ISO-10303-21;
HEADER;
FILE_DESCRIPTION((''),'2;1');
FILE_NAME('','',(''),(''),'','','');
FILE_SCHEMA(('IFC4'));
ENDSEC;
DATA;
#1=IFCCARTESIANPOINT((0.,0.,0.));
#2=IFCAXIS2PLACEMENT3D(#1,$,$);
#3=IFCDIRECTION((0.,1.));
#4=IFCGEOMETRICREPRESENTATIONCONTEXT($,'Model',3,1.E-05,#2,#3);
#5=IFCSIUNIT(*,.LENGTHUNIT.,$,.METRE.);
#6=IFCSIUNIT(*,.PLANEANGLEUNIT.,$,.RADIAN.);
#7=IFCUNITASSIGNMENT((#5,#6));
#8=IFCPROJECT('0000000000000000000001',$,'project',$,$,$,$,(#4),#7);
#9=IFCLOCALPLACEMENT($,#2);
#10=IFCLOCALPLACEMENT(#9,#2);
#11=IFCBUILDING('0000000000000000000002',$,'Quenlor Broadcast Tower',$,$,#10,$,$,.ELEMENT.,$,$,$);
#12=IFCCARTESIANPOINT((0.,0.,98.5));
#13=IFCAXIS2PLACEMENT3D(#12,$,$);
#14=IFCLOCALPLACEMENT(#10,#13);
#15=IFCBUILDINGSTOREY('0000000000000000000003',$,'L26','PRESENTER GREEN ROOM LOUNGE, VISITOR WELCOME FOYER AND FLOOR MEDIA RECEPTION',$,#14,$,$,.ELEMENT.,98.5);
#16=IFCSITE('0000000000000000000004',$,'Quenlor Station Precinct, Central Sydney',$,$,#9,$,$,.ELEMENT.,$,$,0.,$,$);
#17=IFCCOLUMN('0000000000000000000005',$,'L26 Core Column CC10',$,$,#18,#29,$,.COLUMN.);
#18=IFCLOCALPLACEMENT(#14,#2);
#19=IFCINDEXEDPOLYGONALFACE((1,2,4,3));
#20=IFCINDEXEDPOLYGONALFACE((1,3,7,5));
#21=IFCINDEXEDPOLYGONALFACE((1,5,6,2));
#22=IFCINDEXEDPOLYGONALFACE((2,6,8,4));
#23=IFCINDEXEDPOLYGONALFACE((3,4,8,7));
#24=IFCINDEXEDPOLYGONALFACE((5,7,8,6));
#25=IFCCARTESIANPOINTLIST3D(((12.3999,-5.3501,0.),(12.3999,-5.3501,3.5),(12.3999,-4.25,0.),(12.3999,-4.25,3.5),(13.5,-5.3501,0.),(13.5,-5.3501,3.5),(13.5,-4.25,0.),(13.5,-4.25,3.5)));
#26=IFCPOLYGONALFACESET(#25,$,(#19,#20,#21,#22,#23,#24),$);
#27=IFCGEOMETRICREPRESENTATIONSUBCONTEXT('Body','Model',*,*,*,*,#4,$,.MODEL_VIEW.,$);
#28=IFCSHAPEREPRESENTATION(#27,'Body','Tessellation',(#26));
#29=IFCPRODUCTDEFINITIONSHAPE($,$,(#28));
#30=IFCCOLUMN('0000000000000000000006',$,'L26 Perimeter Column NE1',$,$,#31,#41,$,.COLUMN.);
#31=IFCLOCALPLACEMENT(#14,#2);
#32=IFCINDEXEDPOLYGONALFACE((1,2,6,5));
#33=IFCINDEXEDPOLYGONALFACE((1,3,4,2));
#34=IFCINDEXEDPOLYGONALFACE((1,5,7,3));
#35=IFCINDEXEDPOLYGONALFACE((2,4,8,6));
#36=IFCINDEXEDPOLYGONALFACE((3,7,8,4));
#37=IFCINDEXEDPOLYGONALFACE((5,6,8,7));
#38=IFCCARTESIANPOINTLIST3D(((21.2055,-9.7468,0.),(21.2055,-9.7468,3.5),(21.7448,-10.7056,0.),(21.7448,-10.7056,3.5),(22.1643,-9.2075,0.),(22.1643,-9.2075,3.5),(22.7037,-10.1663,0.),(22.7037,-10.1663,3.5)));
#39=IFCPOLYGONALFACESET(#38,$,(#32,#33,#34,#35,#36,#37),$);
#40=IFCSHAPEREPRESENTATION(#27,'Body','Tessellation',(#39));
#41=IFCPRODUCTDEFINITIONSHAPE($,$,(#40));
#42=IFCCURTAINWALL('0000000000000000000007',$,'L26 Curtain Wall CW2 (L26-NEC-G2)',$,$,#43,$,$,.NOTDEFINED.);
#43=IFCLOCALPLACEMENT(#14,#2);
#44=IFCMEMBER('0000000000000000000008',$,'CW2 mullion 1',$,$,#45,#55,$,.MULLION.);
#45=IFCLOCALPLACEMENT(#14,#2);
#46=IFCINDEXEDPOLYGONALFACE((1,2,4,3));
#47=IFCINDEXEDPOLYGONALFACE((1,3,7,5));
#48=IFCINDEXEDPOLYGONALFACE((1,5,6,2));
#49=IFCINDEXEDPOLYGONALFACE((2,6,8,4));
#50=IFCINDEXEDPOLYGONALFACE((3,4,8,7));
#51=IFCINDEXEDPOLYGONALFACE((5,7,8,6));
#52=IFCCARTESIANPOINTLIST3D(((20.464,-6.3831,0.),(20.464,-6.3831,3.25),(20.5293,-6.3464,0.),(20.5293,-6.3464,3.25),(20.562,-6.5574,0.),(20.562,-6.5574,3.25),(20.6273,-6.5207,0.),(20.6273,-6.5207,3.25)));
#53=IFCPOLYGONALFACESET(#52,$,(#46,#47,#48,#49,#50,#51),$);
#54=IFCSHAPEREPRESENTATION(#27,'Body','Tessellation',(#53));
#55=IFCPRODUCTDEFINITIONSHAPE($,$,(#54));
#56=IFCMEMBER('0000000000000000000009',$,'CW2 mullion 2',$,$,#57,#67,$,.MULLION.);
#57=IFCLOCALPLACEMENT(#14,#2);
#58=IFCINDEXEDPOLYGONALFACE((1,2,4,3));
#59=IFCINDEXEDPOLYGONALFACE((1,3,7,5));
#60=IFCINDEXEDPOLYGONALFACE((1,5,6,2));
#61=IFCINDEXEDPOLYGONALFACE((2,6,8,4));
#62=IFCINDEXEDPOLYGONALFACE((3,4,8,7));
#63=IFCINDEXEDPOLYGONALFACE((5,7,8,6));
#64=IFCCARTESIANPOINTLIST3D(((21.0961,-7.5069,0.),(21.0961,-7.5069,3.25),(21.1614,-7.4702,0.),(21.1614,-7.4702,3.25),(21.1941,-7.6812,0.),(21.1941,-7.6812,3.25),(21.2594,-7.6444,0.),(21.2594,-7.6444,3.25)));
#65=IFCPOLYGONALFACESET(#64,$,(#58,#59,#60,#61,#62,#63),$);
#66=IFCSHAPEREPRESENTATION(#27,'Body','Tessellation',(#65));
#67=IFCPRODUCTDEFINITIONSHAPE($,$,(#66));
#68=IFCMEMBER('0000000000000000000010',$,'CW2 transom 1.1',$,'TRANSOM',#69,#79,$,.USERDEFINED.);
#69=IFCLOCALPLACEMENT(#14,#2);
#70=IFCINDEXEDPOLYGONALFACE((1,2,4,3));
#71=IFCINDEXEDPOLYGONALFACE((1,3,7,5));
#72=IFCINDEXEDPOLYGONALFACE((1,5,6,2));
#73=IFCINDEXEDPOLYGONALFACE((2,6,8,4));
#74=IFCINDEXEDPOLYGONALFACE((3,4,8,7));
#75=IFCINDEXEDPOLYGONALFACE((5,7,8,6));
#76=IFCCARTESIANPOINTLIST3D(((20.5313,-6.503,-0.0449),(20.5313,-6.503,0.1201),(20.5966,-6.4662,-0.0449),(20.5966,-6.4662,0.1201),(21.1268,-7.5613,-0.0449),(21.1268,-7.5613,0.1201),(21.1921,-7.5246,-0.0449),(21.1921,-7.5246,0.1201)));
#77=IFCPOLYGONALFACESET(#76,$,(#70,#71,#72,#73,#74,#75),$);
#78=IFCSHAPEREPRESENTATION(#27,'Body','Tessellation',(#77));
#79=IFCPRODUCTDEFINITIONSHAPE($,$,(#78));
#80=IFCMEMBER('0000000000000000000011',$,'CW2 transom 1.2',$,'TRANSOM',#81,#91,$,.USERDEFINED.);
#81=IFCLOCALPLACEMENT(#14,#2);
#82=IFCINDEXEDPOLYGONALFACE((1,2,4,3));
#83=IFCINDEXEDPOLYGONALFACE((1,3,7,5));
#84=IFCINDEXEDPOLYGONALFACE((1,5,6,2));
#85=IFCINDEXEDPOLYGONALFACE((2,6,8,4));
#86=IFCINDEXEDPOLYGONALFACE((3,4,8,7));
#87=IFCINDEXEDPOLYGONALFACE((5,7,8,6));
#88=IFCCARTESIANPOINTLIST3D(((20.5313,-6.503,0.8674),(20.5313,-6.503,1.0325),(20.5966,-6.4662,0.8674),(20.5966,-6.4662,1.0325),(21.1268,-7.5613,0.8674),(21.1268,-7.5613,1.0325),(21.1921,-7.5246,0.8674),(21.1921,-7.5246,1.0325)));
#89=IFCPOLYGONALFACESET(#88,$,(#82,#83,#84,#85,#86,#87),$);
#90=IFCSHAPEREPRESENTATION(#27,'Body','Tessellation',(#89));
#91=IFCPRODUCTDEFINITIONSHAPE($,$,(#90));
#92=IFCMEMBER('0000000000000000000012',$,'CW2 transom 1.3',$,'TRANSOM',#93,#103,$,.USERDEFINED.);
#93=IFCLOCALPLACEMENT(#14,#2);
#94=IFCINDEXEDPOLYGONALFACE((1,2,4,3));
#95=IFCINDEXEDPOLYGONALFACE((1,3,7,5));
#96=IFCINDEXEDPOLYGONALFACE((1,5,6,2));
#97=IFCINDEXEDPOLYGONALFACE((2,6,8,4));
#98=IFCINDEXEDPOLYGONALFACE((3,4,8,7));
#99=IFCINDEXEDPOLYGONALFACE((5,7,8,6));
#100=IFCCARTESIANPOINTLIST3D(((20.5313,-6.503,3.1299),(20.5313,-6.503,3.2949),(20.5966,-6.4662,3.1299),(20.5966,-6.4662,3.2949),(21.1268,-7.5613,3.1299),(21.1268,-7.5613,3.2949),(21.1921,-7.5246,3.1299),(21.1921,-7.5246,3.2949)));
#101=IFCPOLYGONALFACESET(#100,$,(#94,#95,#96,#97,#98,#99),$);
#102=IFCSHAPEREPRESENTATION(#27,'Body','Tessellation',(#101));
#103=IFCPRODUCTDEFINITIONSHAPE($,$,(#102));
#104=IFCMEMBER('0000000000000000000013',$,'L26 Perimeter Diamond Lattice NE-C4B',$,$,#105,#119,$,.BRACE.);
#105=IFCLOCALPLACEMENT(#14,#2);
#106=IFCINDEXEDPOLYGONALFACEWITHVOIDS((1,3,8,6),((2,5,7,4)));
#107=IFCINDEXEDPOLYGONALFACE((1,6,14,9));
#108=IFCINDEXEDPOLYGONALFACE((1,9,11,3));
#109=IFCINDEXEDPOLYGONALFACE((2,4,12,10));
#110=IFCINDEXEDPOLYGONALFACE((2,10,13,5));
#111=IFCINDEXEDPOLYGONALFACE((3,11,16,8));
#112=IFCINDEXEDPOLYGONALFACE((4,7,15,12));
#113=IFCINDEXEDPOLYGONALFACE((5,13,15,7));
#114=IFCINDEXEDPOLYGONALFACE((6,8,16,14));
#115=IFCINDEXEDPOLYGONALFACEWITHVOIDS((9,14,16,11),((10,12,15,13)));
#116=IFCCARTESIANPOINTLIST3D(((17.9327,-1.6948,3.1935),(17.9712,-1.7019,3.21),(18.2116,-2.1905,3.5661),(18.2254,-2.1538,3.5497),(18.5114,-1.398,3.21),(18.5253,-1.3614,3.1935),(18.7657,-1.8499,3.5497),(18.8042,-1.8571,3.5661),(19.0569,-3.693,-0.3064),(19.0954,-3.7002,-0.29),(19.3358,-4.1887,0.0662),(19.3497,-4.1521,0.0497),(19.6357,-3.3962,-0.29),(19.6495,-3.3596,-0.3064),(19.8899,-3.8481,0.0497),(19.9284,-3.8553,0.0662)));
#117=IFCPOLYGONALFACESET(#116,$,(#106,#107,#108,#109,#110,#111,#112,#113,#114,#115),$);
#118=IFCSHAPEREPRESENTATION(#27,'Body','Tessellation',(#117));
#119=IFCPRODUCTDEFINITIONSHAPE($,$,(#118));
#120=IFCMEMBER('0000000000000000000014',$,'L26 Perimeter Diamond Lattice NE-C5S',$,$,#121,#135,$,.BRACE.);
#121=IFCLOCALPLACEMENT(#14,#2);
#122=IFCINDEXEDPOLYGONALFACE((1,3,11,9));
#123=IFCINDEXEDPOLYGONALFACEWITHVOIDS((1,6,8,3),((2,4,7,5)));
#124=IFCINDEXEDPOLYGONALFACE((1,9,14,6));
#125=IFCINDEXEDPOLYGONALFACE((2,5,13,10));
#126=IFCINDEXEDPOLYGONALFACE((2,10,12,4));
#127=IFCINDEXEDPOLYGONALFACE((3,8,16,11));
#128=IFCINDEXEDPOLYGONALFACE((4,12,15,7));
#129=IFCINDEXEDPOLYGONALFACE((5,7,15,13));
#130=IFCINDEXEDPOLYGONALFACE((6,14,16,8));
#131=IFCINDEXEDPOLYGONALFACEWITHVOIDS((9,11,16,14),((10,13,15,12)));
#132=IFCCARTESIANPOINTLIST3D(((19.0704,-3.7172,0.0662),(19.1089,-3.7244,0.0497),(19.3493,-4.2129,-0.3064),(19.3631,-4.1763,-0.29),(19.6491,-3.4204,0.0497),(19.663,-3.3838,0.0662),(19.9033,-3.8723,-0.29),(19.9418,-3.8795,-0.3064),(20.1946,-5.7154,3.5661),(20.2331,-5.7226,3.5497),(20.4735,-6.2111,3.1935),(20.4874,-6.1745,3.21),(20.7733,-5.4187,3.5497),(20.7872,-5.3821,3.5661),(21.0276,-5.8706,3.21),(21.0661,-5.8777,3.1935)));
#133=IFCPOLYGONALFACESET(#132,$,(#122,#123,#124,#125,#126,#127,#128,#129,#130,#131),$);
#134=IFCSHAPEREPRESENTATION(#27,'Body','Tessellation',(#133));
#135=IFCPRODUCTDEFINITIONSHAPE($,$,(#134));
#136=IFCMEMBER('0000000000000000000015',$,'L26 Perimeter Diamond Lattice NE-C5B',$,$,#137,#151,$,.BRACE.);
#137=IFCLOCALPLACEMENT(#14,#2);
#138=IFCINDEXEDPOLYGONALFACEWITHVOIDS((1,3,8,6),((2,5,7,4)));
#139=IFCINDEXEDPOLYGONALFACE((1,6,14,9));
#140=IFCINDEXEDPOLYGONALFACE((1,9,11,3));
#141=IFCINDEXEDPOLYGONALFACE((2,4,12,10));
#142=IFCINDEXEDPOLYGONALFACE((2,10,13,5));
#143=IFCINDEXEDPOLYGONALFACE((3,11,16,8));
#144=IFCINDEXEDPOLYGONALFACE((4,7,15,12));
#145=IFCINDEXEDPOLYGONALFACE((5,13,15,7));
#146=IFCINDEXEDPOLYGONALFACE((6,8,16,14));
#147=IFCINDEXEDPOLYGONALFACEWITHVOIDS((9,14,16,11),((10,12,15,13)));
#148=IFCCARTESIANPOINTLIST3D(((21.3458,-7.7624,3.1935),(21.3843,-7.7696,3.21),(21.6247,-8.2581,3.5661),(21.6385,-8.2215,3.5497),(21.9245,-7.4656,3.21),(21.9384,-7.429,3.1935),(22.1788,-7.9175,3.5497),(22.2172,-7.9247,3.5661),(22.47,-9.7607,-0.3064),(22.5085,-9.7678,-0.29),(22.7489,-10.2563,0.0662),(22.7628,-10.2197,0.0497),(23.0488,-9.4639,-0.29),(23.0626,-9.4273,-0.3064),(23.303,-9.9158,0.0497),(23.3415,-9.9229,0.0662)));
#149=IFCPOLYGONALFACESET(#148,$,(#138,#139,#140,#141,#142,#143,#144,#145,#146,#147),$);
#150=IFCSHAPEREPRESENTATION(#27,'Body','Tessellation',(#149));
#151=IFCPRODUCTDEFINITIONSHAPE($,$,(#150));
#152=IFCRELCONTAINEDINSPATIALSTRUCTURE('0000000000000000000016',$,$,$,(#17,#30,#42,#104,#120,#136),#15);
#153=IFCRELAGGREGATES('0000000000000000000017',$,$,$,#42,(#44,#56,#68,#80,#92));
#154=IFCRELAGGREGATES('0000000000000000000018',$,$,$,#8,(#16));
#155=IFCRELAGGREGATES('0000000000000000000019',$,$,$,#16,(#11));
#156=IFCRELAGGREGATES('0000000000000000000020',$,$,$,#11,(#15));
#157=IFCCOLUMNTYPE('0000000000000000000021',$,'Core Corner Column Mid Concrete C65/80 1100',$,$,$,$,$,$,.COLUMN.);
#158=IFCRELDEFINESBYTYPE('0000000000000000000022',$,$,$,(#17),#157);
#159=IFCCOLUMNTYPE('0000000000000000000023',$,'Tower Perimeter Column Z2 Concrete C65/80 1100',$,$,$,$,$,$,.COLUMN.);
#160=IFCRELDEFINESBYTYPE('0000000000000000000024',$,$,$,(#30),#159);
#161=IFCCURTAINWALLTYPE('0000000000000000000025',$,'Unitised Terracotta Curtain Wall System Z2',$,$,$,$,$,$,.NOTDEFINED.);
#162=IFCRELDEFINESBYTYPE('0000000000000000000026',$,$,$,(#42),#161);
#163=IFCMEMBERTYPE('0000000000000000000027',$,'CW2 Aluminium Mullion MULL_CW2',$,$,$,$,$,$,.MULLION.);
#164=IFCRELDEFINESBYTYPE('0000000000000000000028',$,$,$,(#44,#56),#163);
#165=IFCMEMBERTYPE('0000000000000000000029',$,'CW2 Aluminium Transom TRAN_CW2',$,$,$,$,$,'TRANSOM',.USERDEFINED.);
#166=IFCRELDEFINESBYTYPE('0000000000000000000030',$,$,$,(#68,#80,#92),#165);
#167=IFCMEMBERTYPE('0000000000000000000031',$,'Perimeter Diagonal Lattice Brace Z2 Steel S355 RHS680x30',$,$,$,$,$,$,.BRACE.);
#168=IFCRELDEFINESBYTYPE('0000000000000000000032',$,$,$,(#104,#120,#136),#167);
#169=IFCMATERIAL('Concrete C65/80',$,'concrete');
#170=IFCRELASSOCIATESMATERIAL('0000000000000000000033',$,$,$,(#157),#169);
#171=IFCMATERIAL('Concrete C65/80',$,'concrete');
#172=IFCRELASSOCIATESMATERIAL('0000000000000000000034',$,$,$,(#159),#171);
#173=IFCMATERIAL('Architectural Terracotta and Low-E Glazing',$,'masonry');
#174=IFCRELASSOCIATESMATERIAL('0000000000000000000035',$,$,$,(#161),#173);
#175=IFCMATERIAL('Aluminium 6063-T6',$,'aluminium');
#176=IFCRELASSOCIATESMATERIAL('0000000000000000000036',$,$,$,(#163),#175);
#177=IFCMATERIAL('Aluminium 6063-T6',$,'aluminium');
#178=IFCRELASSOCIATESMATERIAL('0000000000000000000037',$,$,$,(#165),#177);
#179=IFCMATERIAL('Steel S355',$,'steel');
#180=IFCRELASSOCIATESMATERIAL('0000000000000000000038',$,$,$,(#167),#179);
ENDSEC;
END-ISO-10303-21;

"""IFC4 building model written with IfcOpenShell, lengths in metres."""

from ifc_helpers import new_model, si_unit, direction, frame, origin, origin_2d, place, context, subcontext, project, spatial, rectangle, hollow_rectangle, extrude, material, material_profile, profile_set, type_object, element, aggregate, save


model = new_model("IFC4")

# Units and contexts
model_context = context("Model", 3, precision=1e-05, world=origin(), true_north=direction((0.0, 1.0)))
body_context = subcontext(model_context, "Body", "Model", "MODEL_VIEW")
ifc_project = project(units=[si_unit("LENGTHUNIT", "METRE"), si_unit("PLANEANGLEUNIT", "RADIAN")], contexts=[model_context])

# Site, building, storey
site_placement = place(None, origin())
site = spatial("IfcSite", under=ifc_project, at=site_placement, Name="Quenlor Station Precinct, Central Sydney", CompositionType="ELEMENT", RefElevation=0.0)
building_placement = place(site_placement, origin())
building = spatial("IfcBuilding", under=site, at=building_placement, Name="Quenlor Broadcast Tower", CompositionType="ELEMENT")
storey_placement = place(building_placement, frame((0.0, 0.0, 98.5)))
storey = spatial("IfcBuildingStorey", under=building, at=storey_placement, Name="L26", Description="PRESENTER GREEN ROOM LOUNGE, VISITOR WELCOME FOYER AND FLOOR MEDIA RECEPTION", CompositionType="ELEMENT", Elevation=98.5)

# Columns
ifc_material_1 = material(Name="Concrete C65/80", Category="concrete")
ifc_material_profile_1 = material_profile(ifc_material_1, rectangle(XDim=1.1001, YDim=1.1001, at=origin_2d()))
ifc_profile_set_1 = profile_set([ifc_material_profile_1], Name="Concrete C65/80 RC1100x1100")
column_type_1 = type_object("IfcColumnType", Name="Core Corner Column Mid Concrete C65/80 1100", PredefinedType="COLUMN", material=ifc_profile_set_1)
column_1_placement = place(storey_placement, frame((12.95, -4.8, 0.0), z_axis=(0.0, 0.0, 1.0), x_axis=(1.0, 0.0, 0.0)))
element("IfcColumn", 1, at=column_1_placement, inside=storey, type_object=column_type_1, Name="L26 Core Column CC10", PredefinedType="COLUMN", context=body_context, shape_type="SweptSolid", body=[
    extrude(rectangle(XDim=1.1001, YDim=1.1001, at=origin_2d()), origin(), (0.0, 0.0, 1.0), 3.5),
])
ifc_material_2 = material(Name="Concrete C65/80", Category="concrete")
ifc_material_profile_2 = material_profile(ifc_material_2, rectangle(XDim=1.1001, YDim=1.1001, at=origin_2d()))
ifc_profile_set_2 = profile_set([ifc_material_profile_2], Name="Concrete C65/80 RC1100x1100")
column_type_2 = type_object("IfcColumnType", Name="Tower Perimeter Column Z2 Concrete C65/80 1100", PredefinedType="COLUMN", material=ifc_profile_set_2)
column_2_placement = place(storey_placement, frame((21.9546, -9.9565, 0.0), z_axis=(0.0, 0.0, 1.0), x_axis=(0.871575, 0.490262, 0.0)))
element("IfcColumn", 2, at=column_2_placement, inside=storey, type_object=column_type_2, Name="L26 Perimeter Column NE1", PredefinedType="COLUMN", context=body_context, shape_type="SweptSolid", body=[
    extrude(rectangle(XDim=1.1001, YDim=1.1001, at=origin_2d()), origin(), (0.0, 0.0, 1.0), 3.5),
])

# Curtain wall, members
ifc_material_3 = material(Name="Architectural Terracotta and Low-E Glazing", Category="masonry")
curtain_wall_type = type_object("IfcCurtainWallType", Name="Unitised Terracotta Curtain Wall System Z2", PredefinedType="NOTDEFINED", material=ifc_material_3)
curtain_wall_placement = place(storey_placement, origin())
curtain_wall = element("IfcCurtainWall", 3, at=curtain_wall_placement, inside=storey, type_object=curtain_wall_type, Name="L26 Curtain Wall CW2 (L26-NEC-G2)", PredefinedType="NOTDEFINED")
ifc_material_4 = material(Name="Aluminium 6063-T6", Category="aluminium")
ifc_material_profile_3 = material_profile(ifc_material_4, rectangle(XDim=0.075, YDim=0.2, at=origin_2d()))
ifc_profile_set_3 = profile_set([ifc_material_profile_3], Name="Aluminium 6063-T6 MULL75x200")
member_type_1 = type_object("IfcMemberType", Name="CW2 Aluminium Mullion MULL_CW2", PredefinedType="MULLION", material=ifc_profile_set_3)
member_1_placement = place(storey_placement, frame((20.5457, -6.4519, 0.0), z_axis=(0.0, 0.0, 1.0), x_axis=(0.871566, 0.490279, 0.0)))
member_1 = element("IfcMember", 4, at=member_1_placement, type_object=member_type_1, Name="CW2 mullion 1", PredefinedType="MULLION", context=body_context, shape_type="SweptSolid", body=[
    extrude(rectangle(XDim=0.075, YDim=0.2, at=origin_2d()), origin(), (0.0, 0.0, 1.0), 3.25),
])
member_2_placement = place(storey_placement, frame((21.1777, -7.5757, 0.0), z_axis=(0.0, 0.0, 1.0), x_axis=(0.871566, 0.490279, 0.0)))
member_2 = element("IfcMember", 5, at=member_2_placement, type_object=member_type_1, Name="CW2 mullion 2", PredefinedType="MULLION", context=body_context, shape_type="SweptSolid", body=[
    extrude(rectangle(XDim=0.075, YDim=0.2, at=origin_2d()), origin(), (0.0, 0.0, 1.0), 3.25),
])
ifc_material_5 = material(Name="Aluminium 6063-T6", Category="aluminium")
ifc_material_profile_4 = material_profile(ifc_material_5, rectangle(XDim=0.075, YDim=0.165, at=origin_2d()))
ifc_profile_set_4 = profile_set([ifc_material_profile_4], Name="Aluminium 6063-T6 TRAN75x165")
member_type_2 = type_object("IfcMemberType", Name="CW2 Aluminium Transom TRAN_CW2", ElementType="TRANSOM", PredefinedType="USERDEFINED", material=ifc_profile_set_4)
member_3_placement = place(storey_placement, frame((20.564, -6.4846, 0.0376), z_axis=(0.490347, -0.871527, 0.0), x_axis=(0.871527, 0.490347, 0.0)))
member_3 = element("IfcMember", 6, at=member_3_placement, type_object=member_type_2, Name="CW2 transom 1.1", ObjectType="TRANSOM", PredefinedType="USERDEFINED", context=body_context, shape_type="SweptSolid", body=[
    extrude(rectangle(XDim=0.075, YDim=0.165, at=origin_2d()), origin(), (0.0, 0.0, 1.0), 1.2144),
])
member_4_placement = place(storey_placement, frame((20.564, -6.4846, 0.95), z_axis=(0.490347, -0.871527, 0.0), x_axis=(0.871527, 0.490347, 0.0)))
member_4 = element("IfcMember", 7, at=member_4_placement, type_object=member_type_2, Name="CW2 transom 1.2", ObjectType="TRANSOM", PredefinedType="USERDEFINED", context=body_context, shape_type="SweptSolid", body=[
    extrude(rectangle(XDim=0.075, YDim=0.165, at=origin_2d()), origin(), (0.0, 0.0, 1.0), 1.2144),
])
member_5_placement = place(storey_placement, frame((20.564, -6.4846, 3.2124), z_axis=(0.490347, -0.871527, 0.0), x_axis=(0.871527, 0.490347, 0.0)))
member_5 = element("IfcMember", 8, at=member_5_placement, type_object=member_type_2, Name="CW2 transom 1.3", ObjectType="TRANSOM", PredefinedType="USERDEFINED", context=body_context, shape_type="SweptSolid", body=[
    extrude(rectangle(XDim=0.075, YDim=0.165, at=origin_2d()), origin(), (0.0, 0.0, 1.0), 1.2144),
])

# Members
ifc_material_6 = material(Name="Steel S355", Category="steel")
ifc_material_profile_5 = material_profile(ifc_material_6, hollow_rectangle(XDim=0.6799, YDim=0.6799, WallThickness=0.03, at=origin_2d()))
ifc_profile_set_5 = profile_set([ifc_material_profile_5], Name="Steel S355 RHS680x680x30")
member_type_3 = type_object("IfcMemberType", Name="Perimeter Diagonal Lattice Brace Z2 Steel S355 RHS680x30", PredefinedType="BRACE", material=ifc_profile_set_5)
for number, where, z_axis, x_axis, name in (
    (9, (19.4927, -3.7742, -0.1201), (-0.268697, 0.477585, 0.836489), (-0.871533, -0.490337, 0.0), "L26 Perimeter Diamond Lattice NE-C4B"),
    (10, (19.5061, -3.7983, -0.1201), (0.268697, -0.477585, 0.836489), (0.871533, 0.490337, 0.0), "L26 Perimeter Diamond Lattice NE-C5S"),
    (11, (22.9058, -9.8418, -0.1201), (-0.268697, 0.477585, 0.836489), (-0.871533, -0.490337, 0.0), "L26 Perimeter Diamond Lattice NE-C5B"),
):
    element("IfcMember", number, at=place(storey_placement, frame(where, z_axis=z_axis, x_axis=x_axis)), inside=storey, type_object=member_type_3, Name=name, PredefinedType="BRACE", context=body_context, shape_type="SweptSolid", body=[
        extrude(hollow_rectangle(XDim=0.6799, YDim=0.6799, WallThickness=0.03, at=origin_2d()), origin(), (0.0, 0.0, 1.0), 4.1841),
    ])

aggregate(curtain_wall, [member_1, member_2, member_3, member_4, member_5])

save(model, "model.ifc")
